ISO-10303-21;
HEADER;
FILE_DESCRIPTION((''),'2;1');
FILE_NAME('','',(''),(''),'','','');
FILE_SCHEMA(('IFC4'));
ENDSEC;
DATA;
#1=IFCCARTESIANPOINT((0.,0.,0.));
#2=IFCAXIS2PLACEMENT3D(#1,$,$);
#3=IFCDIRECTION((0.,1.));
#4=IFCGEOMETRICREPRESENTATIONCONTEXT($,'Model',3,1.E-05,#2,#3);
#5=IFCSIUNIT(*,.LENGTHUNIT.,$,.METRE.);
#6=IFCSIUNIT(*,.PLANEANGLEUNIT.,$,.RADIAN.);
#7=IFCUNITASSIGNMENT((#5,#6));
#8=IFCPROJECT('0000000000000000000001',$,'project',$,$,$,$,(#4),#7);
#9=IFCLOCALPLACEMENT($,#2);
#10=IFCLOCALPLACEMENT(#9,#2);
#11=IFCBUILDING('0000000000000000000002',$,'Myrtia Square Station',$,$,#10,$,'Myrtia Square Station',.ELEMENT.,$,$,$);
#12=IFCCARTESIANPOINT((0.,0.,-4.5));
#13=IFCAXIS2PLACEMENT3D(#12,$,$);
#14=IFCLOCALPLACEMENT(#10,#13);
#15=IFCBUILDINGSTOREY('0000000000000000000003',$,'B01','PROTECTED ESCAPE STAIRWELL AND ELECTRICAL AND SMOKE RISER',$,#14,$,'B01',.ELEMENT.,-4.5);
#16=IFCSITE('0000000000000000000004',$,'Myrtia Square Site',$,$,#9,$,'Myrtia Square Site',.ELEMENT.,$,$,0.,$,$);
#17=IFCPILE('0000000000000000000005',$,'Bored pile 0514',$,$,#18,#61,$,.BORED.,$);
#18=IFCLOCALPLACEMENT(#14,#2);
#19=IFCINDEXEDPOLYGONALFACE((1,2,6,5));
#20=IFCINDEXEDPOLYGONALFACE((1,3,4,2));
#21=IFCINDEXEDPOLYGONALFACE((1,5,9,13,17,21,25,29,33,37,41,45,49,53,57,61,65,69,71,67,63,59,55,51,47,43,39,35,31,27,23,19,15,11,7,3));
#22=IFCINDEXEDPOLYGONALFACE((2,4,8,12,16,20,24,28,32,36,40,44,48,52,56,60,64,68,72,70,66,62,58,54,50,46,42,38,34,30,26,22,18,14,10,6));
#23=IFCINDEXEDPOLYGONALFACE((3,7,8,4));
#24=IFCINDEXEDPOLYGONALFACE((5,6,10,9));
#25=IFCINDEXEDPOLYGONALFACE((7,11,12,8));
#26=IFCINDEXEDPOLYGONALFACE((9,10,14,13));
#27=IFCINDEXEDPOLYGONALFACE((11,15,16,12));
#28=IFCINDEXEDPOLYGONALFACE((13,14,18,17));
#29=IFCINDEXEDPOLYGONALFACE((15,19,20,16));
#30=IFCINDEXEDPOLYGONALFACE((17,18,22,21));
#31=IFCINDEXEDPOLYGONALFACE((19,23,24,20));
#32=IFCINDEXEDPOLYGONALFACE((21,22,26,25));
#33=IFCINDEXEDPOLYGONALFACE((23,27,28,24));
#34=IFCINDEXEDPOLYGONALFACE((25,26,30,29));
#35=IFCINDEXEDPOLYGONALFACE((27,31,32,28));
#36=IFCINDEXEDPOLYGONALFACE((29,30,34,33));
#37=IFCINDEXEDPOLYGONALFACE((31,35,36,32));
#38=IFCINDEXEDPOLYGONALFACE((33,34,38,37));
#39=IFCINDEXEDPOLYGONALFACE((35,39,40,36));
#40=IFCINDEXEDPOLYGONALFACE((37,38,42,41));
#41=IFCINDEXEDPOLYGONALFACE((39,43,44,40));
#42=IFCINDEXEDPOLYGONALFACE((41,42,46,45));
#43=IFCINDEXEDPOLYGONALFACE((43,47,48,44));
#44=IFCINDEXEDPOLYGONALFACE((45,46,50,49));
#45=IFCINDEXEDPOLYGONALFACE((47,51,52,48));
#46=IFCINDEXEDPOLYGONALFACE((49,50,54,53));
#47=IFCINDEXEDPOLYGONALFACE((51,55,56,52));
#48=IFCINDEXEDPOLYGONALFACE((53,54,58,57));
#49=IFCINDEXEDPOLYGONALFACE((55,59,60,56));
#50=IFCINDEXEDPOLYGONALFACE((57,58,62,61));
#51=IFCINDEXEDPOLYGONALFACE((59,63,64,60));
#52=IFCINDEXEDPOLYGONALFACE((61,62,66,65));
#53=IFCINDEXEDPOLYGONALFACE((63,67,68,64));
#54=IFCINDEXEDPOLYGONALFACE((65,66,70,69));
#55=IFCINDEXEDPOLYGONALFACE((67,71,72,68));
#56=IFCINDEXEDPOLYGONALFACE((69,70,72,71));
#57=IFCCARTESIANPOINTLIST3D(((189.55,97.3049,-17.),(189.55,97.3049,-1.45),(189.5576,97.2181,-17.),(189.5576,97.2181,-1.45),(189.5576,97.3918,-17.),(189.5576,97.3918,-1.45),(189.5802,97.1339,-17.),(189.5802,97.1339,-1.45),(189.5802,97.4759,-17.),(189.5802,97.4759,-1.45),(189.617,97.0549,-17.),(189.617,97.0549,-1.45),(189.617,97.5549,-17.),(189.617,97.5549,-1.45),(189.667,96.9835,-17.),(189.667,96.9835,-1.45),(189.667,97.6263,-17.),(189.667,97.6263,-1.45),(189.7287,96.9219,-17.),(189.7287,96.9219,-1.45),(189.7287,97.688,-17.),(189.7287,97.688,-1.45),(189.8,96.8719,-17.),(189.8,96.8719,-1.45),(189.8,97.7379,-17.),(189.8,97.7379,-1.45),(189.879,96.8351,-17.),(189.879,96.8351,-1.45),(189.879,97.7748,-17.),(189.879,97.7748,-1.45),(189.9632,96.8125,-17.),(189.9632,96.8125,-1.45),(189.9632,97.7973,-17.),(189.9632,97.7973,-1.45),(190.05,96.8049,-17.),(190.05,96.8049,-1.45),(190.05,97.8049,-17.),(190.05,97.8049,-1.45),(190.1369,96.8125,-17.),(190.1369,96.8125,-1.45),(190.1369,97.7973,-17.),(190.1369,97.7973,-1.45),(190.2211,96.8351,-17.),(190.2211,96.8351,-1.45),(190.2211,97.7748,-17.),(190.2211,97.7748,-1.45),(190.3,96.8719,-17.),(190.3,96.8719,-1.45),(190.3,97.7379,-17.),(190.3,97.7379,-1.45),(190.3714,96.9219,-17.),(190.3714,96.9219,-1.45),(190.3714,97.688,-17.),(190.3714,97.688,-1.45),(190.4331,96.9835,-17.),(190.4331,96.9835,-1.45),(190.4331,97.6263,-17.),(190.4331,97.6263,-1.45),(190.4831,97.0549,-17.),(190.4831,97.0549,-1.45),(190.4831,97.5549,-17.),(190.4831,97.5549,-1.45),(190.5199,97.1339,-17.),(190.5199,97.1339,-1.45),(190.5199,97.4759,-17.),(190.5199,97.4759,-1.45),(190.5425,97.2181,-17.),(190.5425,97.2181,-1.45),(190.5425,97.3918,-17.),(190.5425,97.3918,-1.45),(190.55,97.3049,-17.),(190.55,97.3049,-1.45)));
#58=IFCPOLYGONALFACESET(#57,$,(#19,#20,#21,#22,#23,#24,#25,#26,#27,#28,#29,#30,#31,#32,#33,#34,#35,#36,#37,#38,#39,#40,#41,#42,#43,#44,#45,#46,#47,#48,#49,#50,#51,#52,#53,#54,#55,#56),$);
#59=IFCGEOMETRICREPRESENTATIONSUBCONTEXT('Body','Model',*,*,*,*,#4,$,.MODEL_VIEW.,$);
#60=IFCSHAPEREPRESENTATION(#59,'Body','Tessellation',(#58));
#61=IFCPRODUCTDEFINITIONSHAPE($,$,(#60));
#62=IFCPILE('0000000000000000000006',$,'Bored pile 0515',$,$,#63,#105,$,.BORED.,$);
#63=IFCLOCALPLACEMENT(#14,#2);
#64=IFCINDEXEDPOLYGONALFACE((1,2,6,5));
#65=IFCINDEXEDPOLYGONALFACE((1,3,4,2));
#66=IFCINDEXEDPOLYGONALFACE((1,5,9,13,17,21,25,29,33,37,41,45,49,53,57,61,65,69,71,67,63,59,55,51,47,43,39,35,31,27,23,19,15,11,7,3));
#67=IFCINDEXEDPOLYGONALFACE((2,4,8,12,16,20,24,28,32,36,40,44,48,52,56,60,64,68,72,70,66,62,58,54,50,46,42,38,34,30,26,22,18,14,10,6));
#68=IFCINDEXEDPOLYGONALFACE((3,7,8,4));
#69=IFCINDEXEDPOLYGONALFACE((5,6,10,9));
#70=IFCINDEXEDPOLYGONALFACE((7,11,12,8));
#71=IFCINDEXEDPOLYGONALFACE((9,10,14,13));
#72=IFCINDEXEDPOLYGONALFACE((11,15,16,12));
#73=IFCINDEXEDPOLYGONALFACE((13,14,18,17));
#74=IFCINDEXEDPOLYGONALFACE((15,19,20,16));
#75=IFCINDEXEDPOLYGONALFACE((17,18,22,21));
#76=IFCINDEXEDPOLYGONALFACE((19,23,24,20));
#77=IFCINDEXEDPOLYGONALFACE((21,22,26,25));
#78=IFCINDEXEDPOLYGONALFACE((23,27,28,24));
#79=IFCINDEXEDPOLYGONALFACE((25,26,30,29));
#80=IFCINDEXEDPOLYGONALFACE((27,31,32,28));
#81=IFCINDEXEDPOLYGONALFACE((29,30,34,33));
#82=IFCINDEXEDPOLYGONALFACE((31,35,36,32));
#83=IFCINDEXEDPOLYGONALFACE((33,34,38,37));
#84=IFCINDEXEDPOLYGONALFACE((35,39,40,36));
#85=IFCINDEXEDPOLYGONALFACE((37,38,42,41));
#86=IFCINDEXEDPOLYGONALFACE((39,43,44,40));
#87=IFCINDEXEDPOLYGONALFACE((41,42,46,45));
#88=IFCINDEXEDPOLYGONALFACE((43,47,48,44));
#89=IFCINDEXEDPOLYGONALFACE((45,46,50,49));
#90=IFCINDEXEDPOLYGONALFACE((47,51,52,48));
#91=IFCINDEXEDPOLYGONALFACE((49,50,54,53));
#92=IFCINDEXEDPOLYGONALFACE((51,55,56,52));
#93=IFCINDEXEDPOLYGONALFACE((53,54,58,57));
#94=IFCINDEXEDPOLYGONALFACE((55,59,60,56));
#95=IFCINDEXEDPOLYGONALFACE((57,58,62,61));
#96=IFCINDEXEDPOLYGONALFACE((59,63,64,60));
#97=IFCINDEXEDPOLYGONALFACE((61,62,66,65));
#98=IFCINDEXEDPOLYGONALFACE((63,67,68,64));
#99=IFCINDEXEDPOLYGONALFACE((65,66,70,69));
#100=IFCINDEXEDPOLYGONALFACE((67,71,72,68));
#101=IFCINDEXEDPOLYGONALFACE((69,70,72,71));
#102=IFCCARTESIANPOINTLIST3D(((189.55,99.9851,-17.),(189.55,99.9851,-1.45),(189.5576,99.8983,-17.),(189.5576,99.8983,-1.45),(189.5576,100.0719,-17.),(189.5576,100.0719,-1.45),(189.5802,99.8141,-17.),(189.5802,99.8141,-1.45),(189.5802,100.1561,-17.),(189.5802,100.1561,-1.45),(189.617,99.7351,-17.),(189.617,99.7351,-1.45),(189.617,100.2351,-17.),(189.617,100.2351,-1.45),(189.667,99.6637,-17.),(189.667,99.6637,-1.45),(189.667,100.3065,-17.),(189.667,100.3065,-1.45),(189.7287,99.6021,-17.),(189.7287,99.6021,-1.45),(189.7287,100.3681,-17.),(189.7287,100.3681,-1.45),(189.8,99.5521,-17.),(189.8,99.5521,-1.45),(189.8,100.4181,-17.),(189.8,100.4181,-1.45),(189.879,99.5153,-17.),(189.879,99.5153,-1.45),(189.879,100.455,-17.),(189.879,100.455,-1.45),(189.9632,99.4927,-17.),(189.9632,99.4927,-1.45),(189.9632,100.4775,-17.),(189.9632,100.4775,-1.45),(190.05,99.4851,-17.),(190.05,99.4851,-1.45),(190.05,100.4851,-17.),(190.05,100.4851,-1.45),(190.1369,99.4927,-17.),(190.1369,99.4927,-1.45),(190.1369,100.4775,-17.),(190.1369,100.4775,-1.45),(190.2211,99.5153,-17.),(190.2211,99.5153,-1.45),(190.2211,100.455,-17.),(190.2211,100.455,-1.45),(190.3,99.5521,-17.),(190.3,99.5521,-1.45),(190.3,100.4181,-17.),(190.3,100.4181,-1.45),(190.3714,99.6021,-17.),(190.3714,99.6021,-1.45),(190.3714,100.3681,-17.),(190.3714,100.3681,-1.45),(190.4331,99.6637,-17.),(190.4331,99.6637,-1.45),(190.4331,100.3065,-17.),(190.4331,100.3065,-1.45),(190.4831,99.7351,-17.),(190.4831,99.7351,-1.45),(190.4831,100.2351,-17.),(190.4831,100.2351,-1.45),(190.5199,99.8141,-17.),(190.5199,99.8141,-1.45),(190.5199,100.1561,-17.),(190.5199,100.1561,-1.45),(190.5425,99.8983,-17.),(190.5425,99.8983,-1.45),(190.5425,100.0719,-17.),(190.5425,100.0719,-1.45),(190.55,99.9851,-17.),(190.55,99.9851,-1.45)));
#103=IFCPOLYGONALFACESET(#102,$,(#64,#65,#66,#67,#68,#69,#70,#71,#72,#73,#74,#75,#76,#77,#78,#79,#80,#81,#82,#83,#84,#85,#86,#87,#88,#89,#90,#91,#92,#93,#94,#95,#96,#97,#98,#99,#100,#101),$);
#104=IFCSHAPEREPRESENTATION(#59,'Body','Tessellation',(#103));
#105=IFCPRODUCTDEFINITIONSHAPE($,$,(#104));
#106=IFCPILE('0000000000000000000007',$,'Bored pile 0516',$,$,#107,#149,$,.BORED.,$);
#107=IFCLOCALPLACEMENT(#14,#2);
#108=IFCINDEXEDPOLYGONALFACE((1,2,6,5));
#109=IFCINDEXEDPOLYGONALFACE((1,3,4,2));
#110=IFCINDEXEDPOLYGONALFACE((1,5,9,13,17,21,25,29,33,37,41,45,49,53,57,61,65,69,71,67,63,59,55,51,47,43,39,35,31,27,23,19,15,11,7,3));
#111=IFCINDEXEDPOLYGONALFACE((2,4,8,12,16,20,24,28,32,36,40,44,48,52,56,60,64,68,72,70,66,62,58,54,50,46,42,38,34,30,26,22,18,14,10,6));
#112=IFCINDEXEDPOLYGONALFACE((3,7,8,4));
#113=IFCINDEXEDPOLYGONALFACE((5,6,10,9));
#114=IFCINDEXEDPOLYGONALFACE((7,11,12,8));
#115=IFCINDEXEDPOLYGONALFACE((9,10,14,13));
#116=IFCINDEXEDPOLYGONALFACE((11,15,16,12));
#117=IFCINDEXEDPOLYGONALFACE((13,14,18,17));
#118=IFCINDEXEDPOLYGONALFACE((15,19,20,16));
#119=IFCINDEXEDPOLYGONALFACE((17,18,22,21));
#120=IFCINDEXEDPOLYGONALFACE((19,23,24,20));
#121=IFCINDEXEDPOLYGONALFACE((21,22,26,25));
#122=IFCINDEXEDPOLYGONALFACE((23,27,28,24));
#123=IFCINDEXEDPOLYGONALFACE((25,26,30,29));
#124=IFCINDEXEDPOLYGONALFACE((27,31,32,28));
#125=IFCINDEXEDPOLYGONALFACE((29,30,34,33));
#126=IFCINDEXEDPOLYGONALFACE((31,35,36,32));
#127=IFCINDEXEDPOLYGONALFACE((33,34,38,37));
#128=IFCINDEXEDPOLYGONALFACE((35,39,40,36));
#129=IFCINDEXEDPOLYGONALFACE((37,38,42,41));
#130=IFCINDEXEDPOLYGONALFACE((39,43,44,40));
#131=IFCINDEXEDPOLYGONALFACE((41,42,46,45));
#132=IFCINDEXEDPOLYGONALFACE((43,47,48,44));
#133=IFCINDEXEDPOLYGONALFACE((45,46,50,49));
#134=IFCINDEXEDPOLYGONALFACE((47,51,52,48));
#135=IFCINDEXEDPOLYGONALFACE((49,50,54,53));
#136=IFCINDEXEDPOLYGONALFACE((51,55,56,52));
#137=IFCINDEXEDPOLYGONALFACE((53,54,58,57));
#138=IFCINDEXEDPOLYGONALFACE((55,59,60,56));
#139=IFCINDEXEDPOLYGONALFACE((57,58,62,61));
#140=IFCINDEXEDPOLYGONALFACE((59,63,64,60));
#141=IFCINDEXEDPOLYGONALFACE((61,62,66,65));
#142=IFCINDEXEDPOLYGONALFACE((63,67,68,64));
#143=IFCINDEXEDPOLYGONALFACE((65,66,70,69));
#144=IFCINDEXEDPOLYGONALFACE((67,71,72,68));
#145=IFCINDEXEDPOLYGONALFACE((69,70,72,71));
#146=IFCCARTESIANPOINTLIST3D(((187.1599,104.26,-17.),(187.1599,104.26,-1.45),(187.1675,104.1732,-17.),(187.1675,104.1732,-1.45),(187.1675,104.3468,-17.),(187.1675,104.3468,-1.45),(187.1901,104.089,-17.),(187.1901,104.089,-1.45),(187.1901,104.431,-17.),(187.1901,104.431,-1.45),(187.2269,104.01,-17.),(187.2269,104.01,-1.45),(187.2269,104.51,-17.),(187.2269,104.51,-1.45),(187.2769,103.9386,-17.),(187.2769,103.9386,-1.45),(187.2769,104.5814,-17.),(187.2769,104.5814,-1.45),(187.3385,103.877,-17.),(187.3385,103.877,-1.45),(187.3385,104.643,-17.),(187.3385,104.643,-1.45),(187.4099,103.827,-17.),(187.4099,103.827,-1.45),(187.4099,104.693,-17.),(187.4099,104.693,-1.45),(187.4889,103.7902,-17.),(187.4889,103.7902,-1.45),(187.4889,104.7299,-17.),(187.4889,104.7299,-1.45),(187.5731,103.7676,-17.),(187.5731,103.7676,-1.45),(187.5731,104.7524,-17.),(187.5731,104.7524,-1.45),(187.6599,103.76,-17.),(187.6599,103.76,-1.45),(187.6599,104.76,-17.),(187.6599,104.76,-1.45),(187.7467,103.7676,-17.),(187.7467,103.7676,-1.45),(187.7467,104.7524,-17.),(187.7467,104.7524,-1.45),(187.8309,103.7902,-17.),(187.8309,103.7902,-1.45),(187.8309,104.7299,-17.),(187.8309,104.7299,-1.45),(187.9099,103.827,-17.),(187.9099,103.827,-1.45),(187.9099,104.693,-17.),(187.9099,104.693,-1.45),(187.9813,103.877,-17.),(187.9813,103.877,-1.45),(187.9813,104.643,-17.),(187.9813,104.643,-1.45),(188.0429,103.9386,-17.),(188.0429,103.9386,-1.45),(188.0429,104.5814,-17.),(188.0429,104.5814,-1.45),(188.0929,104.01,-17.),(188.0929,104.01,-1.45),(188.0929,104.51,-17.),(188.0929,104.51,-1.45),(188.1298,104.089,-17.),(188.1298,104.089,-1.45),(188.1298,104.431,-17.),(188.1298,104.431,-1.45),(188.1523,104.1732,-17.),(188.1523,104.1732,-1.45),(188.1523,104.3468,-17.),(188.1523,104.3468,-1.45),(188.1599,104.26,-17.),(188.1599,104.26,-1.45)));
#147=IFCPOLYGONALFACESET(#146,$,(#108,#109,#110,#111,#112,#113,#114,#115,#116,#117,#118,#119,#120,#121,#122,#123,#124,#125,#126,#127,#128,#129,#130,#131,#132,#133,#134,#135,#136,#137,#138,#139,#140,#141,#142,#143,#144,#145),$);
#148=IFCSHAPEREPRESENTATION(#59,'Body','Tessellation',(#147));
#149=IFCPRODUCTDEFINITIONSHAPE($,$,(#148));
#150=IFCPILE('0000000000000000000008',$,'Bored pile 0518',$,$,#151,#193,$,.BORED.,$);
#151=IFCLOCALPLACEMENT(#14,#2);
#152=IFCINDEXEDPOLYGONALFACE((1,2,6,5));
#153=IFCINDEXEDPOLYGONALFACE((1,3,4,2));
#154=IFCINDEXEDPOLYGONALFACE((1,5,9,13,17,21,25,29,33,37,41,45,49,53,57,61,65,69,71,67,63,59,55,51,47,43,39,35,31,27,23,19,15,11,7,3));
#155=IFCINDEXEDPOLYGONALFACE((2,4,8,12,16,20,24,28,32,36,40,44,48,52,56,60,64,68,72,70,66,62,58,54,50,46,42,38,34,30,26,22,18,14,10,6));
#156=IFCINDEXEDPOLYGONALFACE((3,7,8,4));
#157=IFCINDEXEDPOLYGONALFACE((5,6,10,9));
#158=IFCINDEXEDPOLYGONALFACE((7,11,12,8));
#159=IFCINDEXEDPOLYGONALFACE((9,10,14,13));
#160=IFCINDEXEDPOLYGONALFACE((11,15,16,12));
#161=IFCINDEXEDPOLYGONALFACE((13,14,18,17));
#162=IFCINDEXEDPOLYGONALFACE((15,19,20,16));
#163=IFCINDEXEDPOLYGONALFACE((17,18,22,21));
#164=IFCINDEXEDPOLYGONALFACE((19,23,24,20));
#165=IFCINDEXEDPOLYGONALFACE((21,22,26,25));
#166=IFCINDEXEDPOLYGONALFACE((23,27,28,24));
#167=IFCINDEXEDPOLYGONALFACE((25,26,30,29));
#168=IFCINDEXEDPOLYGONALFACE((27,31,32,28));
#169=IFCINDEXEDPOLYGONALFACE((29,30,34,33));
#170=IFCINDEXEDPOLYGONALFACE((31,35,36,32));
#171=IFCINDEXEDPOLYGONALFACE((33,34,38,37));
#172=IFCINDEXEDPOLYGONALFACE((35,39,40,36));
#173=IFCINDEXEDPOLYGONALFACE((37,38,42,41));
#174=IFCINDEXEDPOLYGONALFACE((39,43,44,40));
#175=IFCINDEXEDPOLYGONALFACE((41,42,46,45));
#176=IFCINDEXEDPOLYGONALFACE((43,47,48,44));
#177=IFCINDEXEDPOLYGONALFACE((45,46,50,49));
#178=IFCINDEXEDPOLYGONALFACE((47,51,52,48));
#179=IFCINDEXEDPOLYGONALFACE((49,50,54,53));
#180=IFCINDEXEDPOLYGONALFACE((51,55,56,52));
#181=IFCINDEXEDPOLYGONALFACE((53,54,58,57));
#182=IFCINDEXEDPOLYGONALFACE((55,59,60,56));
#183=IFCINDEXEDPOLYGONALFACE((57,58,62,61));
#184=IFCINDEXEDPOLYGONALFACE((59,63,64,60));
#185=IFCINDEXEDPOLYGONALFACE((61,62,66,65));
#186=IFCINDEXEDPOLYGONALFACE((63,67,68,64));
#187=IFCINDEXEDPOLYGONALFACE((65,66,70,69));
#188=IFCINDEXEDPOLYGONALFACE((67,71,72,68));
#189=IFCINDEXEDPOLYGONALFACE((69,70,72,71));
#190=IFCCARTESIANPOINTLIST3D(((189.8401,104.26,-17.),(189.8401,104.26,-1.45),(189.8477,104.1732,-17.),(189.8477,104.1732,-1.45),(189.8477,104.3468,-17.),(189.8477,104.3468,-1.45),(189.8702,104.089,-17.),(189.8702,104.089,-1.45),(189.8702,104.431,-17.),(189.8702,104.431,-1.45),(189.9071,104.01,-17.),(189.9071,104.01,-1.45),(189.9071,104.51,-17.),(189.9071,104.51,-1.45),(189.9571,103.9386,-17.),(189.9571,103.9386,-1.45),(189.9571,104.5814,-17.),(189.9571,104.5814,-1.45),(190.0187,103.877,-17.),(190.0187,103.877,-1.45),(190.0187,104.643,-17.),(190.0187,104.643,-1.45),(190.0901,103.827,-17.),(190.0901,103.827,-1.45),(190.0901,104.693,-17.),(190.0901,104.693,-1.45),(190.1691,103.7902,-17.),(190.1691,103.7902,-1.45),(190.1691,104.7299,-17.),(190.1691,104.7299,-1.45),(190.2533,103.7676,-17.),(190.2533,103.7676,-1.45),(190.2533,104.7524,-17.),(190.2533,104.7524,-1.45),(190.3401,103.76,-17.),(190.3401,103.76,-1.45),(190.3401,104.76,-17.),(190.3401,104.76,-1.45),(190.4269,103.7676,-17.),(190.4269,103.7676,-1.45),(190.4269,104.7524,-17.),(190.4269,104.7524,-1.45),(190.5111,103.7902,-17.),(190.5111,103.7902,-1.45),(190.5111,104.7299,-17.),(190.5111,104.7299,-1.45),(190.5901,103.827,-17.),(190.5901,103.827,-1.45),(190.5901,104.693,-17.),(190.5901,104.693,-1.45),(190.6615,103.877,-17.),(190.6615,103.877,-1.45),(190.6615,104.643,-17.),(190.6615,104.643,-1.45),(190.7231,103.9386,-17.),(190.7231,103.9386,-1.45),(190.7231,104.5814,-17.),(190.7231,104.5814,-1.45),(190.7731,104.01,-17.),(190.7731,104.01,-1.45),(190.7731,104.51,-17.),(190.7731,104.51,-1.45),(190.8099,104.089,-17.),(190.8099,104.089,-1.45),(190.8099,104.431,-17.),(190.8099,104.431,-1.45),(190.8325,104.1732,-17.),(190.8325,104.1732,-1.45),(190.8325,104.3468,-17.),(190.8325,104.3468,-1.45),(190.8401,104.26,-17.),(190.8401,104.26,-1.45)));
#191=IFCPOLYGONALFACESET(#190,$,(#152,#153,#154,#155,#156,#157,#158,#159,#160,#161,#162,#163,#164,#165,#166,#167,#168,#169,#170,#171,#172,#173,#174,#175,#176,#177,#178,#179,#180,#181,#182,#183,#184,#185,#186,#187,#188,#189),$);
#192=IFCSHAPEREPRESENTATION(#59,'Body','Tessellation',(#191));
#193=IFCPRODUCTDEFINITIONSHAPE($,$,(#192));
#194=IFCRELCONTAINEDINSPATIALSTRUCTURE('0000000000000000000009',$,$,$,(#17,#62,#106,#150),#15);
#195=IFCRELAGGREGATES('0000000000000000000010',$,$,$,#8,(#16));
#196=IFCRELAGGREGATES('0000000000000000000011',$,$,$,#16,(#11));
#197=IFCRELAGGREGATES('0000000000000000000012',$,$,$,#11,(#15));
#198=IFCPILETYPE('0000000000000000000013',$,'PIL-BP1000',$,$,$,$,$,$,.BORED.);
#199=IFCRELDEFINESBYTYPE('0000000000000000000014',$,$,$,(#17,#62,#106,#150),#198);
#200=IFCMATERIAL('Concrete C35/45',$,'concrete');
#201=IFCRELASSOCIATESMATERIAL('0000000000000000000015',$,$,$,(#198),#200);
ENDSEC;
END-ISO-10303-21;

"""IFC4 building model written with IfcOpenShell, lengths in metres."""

from ifc_helpers import new_model, si_unit, direction, frame, origin, origin_2d, place, context, subcontext, project, spatial, circle, extrude, material, material_profile, profile_set, type_object, element, save


model = new_model("IFC4")

# Units and contexts
model_context = context("Model", 3, precision=1e-05, world=origin(), true_north=direction((0.0, 1.0)))
body_context = subcontext(model_context, "Body", "Model", "MODEL_VIEW")
ifc_project = project(units=[si_unit("LENGTHUNIT", "METRE"), si_unit("PLANEANGLEUNIT", "RADIAN")], contexts=[model_context])

# Site, building, storey
site_placement = place(None, origin())
site = spatial("IfcSite", under=ifc_project, at=site_placement, Name="Myrtia Square Site", LongName="Myrtia Square Site", CompositionType="ELEMENT", RefElevation=0.0)
building_placement = place(site_placement, origin())
building = spatial("IfcBuilding", under=site, at=building_placement, Name="Myrtia Square Station", LongName="Myrtia Square Station", CompositionType="ELEMENT")
storey_placement = place(building_placement, frame((0.0, 0.0, -4.5)))
storey = spatial("IfcBuildingStorey", under=building, at=storey_placement, Name="B01", Description="PROTECTED ESCAPE STAIRWELL AND ELECTRICAL AND SMOKE RISER", LongName="B01", CompositionType="ELEMENT", Elevation=-4.5)

# Shared definitions
ifc_material_1 = material(Name="Concrete C35/45", Category="concrete")

# Piles
ifc_material_profile_1 = material_profile(ifc_material_1, circle(Radius=0.5, at=origin_2d()), Name="BP D1000")
ifc_profile_set_1 = profile_set([ifc_material_profile_1], Name="Concrete C35/45")
pile_type_1 = type_object("IfcPileType", Name="PIL-BP1000", PredefinedType="BORED", material=ifc_profile_set_1)
for number, where, z_axis, x_axis, name in (
    (1, (190.05, 97.3049, -1.45), (0.0, 0.0, -1.0), (1.0, 0.0, 0.0), "Bored pile 0514"),
    (2, (190.05, 99.9851, -1.45), (0.0, 0.0, -1.0), (1.0, 0.0, 0.0), "Bored pile 0515"),
    (3, (187.6599, 104.26, -1.45), (0.0, 0.0, -1.0), (1.0, 0.0, 0.0), "Bored pile 0516"),
    (4, (190.3401, 104.26, -1.45), (0.0, 0.0, -1.0), (1.0, 0.0, 0.0), "Bored pile 0518"),
):
    element("IfcPile", number, at=place(storey_placement, frame(where, z_axis=z_axis, x_axis=x_axis)), inside=storey, type_object=pile_type_1, Name=name, PredefinedType="BORED", context=body_context, shape_type="SweptSolid", body=[
        extrude(circle(Radius=0.5, at=origin_2d()), origin(), (0.0, 0.0, 1.0), 15.55),
    ])

save(model, "model.ifc")
